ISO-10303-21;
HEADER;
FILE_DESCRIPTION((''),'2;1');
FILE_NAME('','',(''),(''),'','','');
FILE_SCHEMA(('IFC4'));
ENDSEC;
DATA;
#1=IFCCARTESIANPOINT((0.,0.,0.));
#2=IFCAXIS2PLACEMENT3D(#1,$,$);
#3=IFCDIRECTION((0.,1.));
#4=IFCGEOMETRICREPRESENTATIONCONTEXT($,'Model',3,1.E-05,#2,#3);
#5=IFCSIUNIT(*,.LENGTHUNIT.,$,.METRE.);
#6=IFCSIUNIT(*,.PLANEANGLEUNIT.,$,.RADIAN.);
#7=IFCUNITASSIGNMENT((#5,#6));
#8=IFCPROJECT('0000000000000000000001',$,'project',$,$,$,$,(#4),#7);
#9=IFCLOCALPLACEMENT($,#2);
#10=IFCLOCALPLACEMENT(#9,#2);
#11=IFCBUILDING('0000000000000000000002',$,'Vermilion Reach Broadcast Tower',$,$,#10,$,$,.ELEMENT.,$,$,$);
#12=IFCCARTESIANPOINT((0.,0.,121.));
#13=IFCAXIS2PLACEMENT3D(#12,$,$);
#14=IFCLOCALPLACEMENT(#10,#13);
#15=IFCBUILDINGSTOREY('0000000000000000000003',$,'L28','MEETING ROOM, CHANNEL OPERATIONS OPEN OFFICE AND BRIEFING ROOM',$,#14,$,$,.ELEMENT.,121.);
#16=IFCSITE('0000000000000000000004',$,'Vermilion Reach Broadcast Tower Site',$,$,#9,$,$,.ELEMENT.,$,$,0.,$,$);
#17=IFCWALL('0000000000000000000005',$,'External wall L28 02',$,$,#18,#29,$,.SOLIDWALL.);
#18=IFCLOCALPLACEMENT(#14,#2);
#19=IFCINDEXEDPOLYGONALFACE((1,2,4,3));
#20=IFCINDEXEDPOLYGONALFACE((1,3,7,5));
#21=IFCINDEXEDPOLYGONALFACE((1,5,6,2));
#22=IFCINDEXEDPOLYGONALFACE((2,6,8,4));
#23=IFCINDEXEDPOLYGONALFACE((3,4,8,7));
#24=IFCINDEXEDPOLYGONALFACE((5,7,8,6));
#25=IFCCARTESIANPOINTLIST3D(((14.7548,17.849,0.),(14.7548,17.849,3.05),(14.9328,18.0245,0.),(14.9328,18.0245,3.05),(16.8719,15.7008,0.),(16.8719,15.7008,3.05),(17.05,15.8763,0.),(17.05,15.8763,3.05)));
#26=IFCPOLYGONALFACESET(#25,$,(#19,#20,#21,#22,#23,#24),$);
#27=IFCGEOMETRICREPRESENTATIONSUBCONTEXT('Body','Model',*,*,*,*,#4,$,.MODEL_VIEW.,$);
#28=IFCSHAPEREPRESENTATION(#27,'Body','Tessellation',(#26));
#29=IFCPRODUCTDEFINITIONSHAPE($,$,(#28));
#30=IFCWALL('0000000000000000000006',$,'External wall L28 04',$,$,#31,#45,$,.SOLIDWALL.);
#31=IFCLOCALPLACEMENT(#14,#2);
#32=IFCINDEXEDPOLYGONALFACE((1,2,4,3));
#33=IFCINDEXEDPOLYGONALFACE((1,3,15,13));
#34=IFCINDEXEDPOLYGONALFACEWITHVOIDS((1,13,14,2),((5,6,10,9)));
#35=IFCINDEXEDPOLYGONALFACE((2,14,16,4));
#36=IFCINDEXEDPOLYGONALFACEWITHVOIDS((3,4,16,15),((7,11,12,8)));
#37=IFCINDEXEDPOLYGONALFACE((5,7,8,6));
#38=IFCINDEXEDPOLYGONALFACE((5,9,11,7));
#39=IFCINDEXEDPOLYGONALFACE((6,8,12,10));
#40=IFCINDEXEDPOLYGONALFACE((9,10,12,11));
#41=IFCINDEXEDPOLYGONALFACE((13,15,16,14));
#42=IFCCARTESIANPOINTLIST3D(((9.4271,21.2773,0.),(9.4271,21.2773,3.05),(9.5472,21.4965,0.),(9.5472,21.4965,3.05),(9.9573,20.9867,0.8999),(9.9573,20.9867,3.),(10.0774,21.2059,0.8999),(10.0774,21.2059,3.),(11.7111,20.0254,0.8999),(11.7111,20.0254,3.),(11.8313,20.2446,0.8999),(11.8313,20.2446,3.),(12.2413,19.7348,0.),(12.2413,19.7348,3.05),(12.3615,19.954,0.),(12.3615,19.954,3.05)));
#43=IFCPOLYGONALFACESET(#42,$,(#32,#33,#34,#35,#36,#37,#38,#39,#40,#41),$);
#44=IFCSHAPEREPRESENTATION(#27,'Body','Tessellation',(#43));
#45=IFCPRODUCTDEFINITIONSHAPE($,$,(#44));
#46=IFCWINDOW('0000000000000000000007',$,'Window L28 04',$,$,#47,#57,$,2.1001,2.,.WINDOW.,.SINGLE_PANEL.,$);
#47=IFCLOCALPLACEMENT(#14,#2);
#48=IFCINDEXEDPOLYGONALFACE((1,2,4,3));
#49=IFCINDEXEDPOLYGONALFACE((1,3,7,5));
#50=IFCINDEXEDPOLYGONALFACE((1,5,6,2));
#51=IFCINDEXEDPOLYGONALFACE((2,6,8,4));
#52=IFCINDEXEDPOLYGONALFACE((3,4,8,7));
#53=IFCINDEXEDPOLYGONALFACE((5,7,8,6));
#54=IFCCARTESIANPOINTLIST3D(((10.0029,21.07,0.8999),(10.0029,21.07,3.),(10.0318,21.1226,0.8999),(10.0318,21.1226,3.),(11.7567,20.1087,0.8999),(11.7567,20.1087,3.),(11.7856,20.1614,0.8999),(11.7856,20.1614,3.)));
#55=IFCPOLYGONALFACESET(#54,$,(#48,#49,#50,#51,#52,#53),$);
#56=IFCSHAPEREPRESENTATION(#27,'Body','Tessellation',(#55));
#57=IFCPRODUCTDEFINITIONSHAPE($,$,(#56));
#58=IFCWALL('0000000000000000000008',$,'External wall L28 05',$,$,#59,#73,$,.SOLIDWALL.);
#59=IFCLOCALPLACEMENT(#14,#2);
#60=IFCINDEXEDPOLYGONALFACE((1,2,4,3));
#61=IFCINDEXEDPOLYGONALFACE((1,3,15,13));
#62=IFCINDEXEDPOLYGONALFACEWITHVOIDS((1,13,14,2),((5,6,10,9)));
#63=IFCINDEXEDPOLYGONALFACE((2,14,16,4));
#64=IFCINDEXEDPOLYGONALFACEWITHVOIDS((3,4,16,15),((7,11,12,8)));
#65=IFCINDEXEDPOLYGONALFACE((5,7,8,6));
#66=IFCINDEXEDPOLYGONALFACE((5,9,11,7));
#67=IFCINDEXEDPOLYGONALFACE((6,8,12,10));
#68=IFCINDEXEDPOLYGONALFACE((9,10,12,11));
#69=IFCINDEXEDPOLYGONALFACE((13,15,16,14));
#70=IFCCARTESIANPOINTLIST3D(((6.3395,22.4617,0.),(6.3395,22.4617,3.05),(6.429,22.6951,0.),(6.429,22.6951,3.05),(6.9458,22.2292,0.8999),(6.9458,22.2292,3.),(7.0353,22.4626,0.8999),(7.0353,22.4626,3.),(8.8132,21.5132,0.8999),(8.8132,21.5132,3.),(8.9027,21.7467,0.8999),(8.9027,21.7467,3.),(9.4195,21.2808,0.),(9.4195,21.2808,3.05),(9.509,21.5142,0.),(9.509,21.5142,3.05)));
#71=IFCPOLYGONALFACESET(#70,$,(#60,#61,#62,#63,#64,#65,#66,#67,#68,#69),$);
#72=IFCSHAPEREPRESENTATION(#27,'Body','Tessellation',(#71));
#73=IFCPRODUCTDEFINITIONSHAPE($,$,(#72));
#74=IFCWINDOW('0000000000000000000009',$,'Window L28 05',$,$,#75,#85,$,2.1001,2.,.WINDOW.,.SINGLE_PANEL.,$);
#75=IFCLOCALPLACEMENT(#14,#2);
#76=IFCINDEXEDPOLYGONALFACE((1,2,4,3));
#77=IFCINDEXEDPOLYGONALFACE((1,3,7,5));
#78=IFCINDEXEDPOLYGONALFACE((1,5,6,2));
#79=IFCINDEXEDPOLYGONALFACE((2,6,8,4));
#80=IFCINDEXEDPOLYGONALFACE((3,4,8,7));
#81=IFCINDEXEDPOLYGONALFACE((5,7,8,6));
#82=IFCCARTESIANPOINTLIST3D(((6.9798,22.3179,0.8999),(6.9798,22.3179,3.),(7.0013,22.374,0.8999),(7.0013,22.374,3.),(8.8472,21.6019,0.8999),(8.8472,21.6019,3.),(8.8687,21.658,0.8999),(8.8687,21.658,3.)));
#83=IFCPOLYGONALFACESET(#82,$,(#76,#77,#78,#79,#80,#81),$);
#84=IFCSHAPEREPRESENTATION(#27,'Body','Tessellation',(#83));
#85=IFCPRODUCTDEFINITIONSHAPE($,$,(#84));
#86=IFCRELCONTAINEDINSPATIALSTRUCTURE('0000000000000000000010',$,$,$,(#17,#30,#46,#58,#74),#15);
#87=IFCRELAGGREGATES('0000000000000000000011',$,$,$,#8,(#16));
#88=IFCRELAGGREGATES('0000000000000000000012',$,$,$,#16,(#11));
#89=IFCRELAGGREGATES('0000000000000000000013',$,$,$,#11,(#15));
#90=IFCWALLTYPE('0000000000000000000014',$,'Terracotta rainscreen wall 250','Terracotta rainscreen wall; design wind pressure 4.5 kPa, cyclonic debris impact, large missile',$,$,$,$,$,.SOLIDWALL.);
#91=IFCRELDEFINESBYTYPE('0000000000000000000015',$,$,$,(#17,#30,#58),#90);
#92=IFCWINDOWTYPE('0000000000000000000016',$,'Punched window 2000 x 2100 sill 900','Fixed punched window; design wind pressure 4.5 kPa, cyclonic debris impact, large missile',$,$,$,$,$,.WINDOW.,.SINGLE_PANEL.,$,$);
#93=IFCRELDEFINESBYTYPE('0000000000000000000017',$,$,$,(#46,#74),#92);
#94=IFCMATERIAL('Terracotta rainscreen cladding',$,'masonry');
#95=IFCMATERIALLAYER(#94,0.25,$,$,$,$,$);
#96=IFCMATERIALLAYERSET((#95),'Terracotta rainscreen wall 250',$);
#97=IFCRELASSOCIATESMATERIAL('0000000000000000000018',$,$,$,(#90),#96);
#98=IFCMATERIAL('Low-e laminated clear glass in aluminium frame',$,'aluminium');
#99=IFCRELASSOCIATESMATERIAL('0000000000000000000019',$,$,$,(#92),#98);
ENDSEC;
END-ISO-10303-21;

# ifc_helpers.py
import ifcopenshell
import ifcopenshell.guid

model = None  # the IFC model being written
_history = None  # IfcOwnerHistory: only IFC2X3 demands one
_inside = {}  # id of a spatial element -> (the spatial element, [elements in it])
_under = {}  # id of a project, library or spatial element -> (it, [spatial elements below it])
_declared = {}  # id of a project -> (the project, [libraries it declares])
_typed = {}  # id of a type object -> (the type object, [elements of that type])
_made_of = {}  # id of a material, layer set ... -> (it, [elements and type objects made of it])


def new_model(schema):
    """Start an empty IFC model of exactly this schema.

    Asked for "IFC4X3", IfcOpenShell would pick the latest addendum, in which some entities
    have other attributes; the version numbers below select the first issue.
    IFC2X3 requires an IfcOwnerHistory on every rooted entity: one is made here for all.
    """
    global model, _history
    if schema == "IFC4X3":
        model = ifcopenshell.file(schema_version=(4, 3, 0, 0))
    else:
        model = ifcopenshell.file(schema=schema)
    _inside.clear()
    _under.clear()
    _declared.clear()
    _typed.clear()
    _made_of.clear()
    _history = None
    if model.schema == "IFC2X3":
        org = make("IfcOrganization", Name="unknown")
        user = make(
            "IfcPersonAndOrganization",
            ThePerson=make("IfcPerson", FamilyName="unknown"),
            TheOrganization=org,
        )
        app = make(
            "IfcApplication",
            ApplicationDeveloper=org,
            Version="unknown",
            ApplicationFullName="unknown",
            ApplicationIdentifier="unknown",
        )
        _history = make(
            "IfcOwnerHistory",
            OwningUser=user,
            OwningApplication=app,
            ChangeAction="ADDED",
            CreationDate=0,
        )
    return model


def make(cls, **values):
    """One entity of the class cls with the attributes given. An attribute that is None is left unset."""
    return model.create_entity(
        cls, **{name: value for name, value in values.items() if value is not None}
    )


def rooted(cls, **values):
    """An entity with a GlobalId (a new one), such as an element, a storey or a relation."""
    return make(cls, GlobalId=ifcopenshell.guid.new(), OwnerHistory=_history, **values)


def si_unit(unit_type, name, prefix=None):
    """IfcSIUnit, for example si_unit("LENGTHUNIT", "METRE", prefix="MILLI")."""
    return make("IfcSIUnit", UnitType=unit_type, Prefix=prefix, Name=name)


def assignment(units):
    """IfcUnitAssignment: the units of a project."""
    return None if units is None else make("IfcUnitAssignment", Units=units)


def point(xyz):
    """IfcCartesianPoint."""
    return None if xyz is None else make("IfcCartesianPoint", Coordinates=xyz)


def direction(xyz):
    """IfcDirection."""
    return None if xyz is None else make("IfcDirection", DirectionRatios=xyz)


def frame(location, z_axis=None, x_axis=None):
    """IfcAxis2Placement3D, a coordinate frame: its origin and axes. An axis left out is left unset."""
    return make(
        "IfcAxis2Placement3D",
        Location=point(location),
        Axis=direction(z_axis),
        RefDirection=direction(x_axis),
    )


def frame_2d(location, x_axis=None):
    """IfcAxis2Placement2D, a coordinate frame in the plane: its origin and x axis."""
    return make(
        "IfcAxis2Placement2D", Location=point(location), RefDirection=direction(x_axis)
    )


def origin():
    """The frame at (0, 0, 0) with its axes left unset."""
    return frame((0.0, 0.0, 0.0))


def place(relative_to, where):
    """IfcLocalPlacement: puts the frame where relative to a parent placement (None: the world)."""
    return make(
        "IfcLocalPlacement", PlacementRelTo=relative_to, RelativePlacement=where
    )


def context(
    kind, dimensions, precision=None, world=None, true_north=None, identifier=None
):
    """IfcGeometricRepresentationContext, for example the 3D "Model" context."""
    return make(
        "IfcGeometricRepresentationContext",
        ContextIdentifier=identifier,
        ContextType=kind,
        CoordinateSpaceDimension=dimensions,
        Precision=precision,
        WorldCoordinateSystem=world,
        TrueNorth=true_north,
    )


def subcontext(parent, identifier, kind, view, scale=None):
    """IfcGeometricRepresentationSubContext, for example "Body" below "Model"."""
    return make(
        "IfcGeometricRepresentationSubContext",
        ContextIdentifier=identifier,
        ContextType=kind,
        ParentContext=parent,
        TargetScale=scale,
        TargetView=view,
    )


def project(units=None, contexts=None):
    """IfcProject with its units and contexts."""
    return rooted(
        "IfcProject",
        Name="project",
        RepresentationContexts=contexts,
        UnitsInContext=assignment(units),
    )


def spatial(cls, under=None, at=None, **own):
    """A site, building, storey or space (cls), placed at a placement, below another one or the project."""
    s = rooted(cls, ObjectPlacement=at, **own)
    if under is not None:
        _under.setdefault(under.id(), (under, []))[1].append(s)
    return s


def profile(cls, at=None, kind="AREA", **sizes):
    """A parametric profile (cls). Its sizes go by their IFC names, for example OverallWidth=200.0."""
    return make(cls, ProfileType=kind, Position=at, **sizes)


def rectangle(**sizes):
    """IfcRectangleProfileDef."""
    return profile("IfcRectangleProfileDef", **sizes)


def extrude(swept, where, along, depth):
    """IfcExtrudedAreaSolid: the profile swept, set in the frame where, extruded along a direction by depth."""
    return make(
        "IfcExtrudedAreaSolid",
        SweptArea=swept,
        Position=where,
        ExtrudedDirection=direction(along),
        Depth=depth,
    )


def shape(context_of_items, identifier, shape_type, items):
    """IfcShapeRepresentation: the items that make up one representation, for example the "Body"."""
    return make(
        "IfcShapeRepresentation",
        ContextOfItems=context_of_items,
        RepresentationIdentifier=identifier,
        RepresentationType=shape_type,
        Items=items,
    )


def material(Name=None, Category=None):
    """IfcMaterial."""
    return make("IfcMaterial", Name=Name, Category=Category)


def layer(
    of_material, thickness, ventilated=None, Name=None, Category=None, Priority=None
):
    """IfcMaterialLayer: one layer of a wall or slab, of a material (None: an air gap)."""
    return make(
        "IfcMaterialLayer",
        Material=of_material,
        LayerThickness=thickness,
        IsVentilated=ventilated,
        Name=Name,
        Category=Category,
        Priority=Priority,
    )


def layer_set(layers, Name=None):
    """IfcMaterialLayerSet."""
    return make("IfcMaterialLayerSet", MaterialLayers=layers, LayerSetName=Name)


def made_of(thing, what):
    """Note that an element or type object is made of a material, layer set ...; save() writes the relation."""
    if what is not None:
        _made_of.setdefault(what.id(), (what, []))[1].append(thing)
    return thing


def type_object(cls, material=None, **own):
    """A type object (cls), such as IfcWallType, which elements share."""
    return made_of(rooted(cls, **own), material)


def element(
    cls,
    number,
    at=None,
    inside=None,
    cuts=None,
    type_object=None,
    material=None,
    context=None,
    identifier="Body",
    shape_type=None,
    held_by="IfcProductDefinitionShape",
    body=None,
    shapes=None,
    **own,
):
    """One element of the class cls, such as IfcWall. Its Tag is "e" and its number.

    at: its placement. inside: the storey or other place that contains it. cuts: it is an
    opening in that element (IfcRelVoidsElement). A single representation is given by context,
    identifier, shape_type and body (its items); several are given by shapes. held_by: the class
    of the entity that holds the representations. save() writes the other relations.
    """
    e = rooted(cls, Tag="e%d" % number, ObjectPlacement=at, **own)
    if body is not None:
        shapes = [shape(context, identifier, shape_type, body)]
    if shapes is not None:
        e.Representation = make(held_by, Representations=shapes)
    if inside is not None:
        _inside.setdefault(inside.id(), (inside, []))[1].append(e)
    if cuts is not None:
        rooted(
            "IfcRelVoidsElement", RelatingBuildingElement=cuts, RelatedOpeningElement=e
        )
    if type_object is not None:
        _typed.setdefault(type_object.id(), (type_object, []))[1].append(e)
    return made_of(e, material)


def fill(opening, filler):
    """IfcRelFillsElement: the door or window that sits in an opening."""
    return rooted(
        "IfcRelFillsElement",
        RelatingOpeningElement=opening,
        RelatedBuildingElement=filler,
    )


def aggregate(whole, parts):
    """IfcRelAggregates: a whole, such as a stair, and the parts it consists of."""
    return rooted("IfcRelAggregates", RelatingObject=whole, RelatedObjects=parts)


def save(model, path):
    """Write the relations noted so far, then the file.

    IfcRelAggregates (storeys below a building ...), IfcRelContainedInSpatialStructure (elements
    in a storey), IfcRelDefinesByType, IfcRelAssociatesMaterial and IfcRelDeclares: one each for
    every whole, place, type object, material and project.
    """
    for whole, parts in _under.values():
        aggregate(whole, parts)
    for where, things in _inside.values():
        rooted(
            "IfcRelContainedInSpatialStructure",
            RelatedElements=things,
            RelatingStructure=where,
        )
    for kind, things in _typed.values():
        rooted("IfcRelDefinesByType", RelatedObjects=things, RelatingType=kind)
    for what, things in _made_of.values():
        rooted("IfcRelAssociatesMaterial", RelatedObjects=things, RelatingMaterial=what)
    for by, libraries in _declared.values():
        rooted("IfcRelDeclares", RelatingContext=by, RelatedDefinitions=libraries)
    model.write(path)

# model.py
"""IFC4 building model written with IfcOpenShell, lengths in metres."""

from ifc_helpers import new_model, si_unit, direction, frame, frame_2d, origin, place, context, subcontext, project, spatial, rectangle, extrude, material, layer, layer_set, type_object, element, fill, save


model = new_model("IFC4")

# Units and contexts
model_context = context("Model", 3, precision=1e-05, world=origin(), true_north=direction((0.0, 1.0)))
body_context = subcontext(model_context, "Body", "Model", "MODEL_VIEW")
ifc_project = project(units=[si_unit("LENGTHUNIT", "METRE"), si_unit("PLANEANGLEUNIT", "RADIAN")], contexts=[model_context])

# Site, building, storey
site_placement = place(None, origin())
site = spatial("IfcSite", under=ifc_project, at=site_placement, Name="Vermilion Reach Broadcast Tower Site", CompositionType="ELEMENT", RefElevation=0.0)
building_placement = place(site_placement, origin())
building = spatial("IfcBuilding", under=site, at=building_placement, Name="Vermilion Reach Broadcast Tower", CompositionType="ELEMENT")
storey_placement = place(building_placement, frame((0.0, 0.0, 121.0)))
storey = spatial("IfcBuildingStorey", under=building, at=storey_placement, Name="L28", Description="MEETING ROOM, CHANNEL OPERATIONS OPEN OFFICE AND BRIEFING ROOM", CompositionType="ELEMENT", Elevation=121.0)

# Wall
ifc_material_1 = material(Name="Terracotta rainscreen cladding", Category="masonry")
ifc_layer_1 = layer(ifc_material_1, 0.25)
ifc_layer_set_1 = layer_set([ifc_layer_1], Name="Terracotta rainscreen wall 250")
wall_type = type_object("IfcWallType", Name="Terracotta rainscreen wall 250", Description="Terracotta rainscreen wall; design wind pressure 4.5 kPa, cyclonic debris impact, large missile", PredefinedType="SOLIDWALL", material=ifc_layer_set_1)
wall_1_placement = place(storey_placement, frame((16.9609, 15.7886, 0.0), z_axis=(0.0, 0.0, 1.0), x_axis=(-0.701948, 0.712228, 0.0)))
element("IfcWall", 1, at=wall_1_placement, inside=storey, type_object=wall_type, Name="External wall L28 02", PredefinedType="SOLIDWALL", context=body_context, shape_type="SweptSolid", body=[
    extrude(rectangle(XDim=3.0161, YDim=0.25, at=frame_2d((1.5081, 0.0))), origin(), (0.0, 0.0, 1.0), 3.05),
])

# Walls, openings, windows
wall_2_placement = place(storey_placement, frame((12.3013, 19.8445, 0.0), z_axis=(0.0, 0.0, 1.0), x_axis=(-0.876917, 0.480642, 0.0)))
wall_2 = element("IfcWall", 2, at=wall_2_placement, inside=storey, type_object=wall_type, Name="External wall L28 04", PredefinedType="SOLIDWALL", context=body_context, shape_type="SweptSolid", body=[
    extrude(rectangle(XDim=3.2092, YDim=0.25, at=frame_2d((1.6045, 0.0))), origin(), (0.0, 0.0, 1.0), 3.05),
])
opening_1_placement = place(wall_2_placement, frame((0.6045, 0.0, 0.8999)))
opening_1 = element("IfcOpeningElement", 3, at=opening_1_placement, cuts=wall_2, PredefinedType="OPENING", context=body_context, shape_type="SweptSolid", body=[
    extrude(rectangle(XDim=2.0, YDim=2.1001, at=frame_2d((1.0, 1.05))), frame((0.0, 0.135, 0.0), z_axis=(0.0, -1.0, 0.0), x_axis=(1.0, 0.0, 0.0)), (0.0, 0.0, 1.0), 0.27),
])
ifc_material_2 = material(Name="Low-e laminated clear glass in aluminium frame", Category="aluminium")
window_type = type_object("IfcWindowType", Name="Punched window 2000 x 2100 sill 900", Description="Fixed punched window; design wind pressure 4.5 kPa, cyclonic debris impact, large missile", PartitioningType="SINGLE_PANEL", PredefinedType="WINDOW", material=ifc_material_2)
window_1_placement = place(opening_1_placement, origin())
window_1 = element("IfcWindow", 4, at=window_1_placement, inside=storey, type_object=window_type, Name="Window L28 04", OverallHeight=2.1001, OverallWidth=2.0, PartitioningType="SINGLE_PANEL", PredefinedType="WINDOW", context=body_context, shape_type="SweptSolid", body=[
    extrude(rectangle(XDim=2.0, YDim=2.1001, at=frame_2d((1.0, 1.05))), frame((0.0, 0.03, 0.0), z_axis=(0.0, -1.0, 0.0), x_axis=(1.0, 0.0, 0.0)), (0.0, 0.0, 1.0), 0.0601),
])
fill(opening_1, window_1)
wall_3_placement = place(storey_placement, frame((9.4644, 21.3975, 0.0), z_axis=(0.0, 0.0, 1.0), x_axis=(-0.933725, 0.357992, 0.0)))
wall_3 = element("IfcWall", 5, at=wall_3_placement, inside=storey, type_object=wall_type, Name="External wall L28 05", PredefinedType="SOLIDWALL", context=body_context, shape_type="SweptSolid", body=[
    extrude(rectangle(XDim=3.2986, YDim=0.25, at=frame_2d((1.6494, 0.0))), origin(), (0.0, 0.0, 1.0), 3.05),
])
opening_2_placement = place(wall_3_placement, frame((0.6494, 0.0, 0.8999)))
opening_2 = element("IfcOpeningElement", 6, at=opening_2_placement, cuts=wall_3, PredefinedType="OPENING", context=body_context, shape_type="SweptSolid", body=[
    extrude(rectangle(XDim=2.0, YDim=2.1001, at=frame_2d((1.0, 1.05))), frame((0.0, 0.135, 0.0), z_axis=(0.0, -1.0, 0.0), x_axis=(1.0, 0.0, 0.0)), (0.0, 0.0, 1.0), 0.27),
])
window_2_placement = place(opening_2_placement, origin())
window_2 = element("IfcWindow", 7, at=window_2_placement, inside=storey, type_object=window_type, Name="Window L28 05", OverallHeight=2.1001, OverallWidth=2.0, PartitioningType="SINGLE_PANEL", PredefinedType="WINDOW", context=body_context, shape_type="SweptSolid", body=[
    extrude(rectangle(XDim=2.0, YDim=2.1001, at=frame_2d((1.0, 1.05))), frame((0.0, 0.03, 0.0), z_axis=(0.0, -1.0, 0.0), x_axis=(1.0, 0.0, 0.0)), (0.0, 0.0, 1.0), 0.0601),
])
fill(opening_2, window_2)

save(model, "model.ifc")
